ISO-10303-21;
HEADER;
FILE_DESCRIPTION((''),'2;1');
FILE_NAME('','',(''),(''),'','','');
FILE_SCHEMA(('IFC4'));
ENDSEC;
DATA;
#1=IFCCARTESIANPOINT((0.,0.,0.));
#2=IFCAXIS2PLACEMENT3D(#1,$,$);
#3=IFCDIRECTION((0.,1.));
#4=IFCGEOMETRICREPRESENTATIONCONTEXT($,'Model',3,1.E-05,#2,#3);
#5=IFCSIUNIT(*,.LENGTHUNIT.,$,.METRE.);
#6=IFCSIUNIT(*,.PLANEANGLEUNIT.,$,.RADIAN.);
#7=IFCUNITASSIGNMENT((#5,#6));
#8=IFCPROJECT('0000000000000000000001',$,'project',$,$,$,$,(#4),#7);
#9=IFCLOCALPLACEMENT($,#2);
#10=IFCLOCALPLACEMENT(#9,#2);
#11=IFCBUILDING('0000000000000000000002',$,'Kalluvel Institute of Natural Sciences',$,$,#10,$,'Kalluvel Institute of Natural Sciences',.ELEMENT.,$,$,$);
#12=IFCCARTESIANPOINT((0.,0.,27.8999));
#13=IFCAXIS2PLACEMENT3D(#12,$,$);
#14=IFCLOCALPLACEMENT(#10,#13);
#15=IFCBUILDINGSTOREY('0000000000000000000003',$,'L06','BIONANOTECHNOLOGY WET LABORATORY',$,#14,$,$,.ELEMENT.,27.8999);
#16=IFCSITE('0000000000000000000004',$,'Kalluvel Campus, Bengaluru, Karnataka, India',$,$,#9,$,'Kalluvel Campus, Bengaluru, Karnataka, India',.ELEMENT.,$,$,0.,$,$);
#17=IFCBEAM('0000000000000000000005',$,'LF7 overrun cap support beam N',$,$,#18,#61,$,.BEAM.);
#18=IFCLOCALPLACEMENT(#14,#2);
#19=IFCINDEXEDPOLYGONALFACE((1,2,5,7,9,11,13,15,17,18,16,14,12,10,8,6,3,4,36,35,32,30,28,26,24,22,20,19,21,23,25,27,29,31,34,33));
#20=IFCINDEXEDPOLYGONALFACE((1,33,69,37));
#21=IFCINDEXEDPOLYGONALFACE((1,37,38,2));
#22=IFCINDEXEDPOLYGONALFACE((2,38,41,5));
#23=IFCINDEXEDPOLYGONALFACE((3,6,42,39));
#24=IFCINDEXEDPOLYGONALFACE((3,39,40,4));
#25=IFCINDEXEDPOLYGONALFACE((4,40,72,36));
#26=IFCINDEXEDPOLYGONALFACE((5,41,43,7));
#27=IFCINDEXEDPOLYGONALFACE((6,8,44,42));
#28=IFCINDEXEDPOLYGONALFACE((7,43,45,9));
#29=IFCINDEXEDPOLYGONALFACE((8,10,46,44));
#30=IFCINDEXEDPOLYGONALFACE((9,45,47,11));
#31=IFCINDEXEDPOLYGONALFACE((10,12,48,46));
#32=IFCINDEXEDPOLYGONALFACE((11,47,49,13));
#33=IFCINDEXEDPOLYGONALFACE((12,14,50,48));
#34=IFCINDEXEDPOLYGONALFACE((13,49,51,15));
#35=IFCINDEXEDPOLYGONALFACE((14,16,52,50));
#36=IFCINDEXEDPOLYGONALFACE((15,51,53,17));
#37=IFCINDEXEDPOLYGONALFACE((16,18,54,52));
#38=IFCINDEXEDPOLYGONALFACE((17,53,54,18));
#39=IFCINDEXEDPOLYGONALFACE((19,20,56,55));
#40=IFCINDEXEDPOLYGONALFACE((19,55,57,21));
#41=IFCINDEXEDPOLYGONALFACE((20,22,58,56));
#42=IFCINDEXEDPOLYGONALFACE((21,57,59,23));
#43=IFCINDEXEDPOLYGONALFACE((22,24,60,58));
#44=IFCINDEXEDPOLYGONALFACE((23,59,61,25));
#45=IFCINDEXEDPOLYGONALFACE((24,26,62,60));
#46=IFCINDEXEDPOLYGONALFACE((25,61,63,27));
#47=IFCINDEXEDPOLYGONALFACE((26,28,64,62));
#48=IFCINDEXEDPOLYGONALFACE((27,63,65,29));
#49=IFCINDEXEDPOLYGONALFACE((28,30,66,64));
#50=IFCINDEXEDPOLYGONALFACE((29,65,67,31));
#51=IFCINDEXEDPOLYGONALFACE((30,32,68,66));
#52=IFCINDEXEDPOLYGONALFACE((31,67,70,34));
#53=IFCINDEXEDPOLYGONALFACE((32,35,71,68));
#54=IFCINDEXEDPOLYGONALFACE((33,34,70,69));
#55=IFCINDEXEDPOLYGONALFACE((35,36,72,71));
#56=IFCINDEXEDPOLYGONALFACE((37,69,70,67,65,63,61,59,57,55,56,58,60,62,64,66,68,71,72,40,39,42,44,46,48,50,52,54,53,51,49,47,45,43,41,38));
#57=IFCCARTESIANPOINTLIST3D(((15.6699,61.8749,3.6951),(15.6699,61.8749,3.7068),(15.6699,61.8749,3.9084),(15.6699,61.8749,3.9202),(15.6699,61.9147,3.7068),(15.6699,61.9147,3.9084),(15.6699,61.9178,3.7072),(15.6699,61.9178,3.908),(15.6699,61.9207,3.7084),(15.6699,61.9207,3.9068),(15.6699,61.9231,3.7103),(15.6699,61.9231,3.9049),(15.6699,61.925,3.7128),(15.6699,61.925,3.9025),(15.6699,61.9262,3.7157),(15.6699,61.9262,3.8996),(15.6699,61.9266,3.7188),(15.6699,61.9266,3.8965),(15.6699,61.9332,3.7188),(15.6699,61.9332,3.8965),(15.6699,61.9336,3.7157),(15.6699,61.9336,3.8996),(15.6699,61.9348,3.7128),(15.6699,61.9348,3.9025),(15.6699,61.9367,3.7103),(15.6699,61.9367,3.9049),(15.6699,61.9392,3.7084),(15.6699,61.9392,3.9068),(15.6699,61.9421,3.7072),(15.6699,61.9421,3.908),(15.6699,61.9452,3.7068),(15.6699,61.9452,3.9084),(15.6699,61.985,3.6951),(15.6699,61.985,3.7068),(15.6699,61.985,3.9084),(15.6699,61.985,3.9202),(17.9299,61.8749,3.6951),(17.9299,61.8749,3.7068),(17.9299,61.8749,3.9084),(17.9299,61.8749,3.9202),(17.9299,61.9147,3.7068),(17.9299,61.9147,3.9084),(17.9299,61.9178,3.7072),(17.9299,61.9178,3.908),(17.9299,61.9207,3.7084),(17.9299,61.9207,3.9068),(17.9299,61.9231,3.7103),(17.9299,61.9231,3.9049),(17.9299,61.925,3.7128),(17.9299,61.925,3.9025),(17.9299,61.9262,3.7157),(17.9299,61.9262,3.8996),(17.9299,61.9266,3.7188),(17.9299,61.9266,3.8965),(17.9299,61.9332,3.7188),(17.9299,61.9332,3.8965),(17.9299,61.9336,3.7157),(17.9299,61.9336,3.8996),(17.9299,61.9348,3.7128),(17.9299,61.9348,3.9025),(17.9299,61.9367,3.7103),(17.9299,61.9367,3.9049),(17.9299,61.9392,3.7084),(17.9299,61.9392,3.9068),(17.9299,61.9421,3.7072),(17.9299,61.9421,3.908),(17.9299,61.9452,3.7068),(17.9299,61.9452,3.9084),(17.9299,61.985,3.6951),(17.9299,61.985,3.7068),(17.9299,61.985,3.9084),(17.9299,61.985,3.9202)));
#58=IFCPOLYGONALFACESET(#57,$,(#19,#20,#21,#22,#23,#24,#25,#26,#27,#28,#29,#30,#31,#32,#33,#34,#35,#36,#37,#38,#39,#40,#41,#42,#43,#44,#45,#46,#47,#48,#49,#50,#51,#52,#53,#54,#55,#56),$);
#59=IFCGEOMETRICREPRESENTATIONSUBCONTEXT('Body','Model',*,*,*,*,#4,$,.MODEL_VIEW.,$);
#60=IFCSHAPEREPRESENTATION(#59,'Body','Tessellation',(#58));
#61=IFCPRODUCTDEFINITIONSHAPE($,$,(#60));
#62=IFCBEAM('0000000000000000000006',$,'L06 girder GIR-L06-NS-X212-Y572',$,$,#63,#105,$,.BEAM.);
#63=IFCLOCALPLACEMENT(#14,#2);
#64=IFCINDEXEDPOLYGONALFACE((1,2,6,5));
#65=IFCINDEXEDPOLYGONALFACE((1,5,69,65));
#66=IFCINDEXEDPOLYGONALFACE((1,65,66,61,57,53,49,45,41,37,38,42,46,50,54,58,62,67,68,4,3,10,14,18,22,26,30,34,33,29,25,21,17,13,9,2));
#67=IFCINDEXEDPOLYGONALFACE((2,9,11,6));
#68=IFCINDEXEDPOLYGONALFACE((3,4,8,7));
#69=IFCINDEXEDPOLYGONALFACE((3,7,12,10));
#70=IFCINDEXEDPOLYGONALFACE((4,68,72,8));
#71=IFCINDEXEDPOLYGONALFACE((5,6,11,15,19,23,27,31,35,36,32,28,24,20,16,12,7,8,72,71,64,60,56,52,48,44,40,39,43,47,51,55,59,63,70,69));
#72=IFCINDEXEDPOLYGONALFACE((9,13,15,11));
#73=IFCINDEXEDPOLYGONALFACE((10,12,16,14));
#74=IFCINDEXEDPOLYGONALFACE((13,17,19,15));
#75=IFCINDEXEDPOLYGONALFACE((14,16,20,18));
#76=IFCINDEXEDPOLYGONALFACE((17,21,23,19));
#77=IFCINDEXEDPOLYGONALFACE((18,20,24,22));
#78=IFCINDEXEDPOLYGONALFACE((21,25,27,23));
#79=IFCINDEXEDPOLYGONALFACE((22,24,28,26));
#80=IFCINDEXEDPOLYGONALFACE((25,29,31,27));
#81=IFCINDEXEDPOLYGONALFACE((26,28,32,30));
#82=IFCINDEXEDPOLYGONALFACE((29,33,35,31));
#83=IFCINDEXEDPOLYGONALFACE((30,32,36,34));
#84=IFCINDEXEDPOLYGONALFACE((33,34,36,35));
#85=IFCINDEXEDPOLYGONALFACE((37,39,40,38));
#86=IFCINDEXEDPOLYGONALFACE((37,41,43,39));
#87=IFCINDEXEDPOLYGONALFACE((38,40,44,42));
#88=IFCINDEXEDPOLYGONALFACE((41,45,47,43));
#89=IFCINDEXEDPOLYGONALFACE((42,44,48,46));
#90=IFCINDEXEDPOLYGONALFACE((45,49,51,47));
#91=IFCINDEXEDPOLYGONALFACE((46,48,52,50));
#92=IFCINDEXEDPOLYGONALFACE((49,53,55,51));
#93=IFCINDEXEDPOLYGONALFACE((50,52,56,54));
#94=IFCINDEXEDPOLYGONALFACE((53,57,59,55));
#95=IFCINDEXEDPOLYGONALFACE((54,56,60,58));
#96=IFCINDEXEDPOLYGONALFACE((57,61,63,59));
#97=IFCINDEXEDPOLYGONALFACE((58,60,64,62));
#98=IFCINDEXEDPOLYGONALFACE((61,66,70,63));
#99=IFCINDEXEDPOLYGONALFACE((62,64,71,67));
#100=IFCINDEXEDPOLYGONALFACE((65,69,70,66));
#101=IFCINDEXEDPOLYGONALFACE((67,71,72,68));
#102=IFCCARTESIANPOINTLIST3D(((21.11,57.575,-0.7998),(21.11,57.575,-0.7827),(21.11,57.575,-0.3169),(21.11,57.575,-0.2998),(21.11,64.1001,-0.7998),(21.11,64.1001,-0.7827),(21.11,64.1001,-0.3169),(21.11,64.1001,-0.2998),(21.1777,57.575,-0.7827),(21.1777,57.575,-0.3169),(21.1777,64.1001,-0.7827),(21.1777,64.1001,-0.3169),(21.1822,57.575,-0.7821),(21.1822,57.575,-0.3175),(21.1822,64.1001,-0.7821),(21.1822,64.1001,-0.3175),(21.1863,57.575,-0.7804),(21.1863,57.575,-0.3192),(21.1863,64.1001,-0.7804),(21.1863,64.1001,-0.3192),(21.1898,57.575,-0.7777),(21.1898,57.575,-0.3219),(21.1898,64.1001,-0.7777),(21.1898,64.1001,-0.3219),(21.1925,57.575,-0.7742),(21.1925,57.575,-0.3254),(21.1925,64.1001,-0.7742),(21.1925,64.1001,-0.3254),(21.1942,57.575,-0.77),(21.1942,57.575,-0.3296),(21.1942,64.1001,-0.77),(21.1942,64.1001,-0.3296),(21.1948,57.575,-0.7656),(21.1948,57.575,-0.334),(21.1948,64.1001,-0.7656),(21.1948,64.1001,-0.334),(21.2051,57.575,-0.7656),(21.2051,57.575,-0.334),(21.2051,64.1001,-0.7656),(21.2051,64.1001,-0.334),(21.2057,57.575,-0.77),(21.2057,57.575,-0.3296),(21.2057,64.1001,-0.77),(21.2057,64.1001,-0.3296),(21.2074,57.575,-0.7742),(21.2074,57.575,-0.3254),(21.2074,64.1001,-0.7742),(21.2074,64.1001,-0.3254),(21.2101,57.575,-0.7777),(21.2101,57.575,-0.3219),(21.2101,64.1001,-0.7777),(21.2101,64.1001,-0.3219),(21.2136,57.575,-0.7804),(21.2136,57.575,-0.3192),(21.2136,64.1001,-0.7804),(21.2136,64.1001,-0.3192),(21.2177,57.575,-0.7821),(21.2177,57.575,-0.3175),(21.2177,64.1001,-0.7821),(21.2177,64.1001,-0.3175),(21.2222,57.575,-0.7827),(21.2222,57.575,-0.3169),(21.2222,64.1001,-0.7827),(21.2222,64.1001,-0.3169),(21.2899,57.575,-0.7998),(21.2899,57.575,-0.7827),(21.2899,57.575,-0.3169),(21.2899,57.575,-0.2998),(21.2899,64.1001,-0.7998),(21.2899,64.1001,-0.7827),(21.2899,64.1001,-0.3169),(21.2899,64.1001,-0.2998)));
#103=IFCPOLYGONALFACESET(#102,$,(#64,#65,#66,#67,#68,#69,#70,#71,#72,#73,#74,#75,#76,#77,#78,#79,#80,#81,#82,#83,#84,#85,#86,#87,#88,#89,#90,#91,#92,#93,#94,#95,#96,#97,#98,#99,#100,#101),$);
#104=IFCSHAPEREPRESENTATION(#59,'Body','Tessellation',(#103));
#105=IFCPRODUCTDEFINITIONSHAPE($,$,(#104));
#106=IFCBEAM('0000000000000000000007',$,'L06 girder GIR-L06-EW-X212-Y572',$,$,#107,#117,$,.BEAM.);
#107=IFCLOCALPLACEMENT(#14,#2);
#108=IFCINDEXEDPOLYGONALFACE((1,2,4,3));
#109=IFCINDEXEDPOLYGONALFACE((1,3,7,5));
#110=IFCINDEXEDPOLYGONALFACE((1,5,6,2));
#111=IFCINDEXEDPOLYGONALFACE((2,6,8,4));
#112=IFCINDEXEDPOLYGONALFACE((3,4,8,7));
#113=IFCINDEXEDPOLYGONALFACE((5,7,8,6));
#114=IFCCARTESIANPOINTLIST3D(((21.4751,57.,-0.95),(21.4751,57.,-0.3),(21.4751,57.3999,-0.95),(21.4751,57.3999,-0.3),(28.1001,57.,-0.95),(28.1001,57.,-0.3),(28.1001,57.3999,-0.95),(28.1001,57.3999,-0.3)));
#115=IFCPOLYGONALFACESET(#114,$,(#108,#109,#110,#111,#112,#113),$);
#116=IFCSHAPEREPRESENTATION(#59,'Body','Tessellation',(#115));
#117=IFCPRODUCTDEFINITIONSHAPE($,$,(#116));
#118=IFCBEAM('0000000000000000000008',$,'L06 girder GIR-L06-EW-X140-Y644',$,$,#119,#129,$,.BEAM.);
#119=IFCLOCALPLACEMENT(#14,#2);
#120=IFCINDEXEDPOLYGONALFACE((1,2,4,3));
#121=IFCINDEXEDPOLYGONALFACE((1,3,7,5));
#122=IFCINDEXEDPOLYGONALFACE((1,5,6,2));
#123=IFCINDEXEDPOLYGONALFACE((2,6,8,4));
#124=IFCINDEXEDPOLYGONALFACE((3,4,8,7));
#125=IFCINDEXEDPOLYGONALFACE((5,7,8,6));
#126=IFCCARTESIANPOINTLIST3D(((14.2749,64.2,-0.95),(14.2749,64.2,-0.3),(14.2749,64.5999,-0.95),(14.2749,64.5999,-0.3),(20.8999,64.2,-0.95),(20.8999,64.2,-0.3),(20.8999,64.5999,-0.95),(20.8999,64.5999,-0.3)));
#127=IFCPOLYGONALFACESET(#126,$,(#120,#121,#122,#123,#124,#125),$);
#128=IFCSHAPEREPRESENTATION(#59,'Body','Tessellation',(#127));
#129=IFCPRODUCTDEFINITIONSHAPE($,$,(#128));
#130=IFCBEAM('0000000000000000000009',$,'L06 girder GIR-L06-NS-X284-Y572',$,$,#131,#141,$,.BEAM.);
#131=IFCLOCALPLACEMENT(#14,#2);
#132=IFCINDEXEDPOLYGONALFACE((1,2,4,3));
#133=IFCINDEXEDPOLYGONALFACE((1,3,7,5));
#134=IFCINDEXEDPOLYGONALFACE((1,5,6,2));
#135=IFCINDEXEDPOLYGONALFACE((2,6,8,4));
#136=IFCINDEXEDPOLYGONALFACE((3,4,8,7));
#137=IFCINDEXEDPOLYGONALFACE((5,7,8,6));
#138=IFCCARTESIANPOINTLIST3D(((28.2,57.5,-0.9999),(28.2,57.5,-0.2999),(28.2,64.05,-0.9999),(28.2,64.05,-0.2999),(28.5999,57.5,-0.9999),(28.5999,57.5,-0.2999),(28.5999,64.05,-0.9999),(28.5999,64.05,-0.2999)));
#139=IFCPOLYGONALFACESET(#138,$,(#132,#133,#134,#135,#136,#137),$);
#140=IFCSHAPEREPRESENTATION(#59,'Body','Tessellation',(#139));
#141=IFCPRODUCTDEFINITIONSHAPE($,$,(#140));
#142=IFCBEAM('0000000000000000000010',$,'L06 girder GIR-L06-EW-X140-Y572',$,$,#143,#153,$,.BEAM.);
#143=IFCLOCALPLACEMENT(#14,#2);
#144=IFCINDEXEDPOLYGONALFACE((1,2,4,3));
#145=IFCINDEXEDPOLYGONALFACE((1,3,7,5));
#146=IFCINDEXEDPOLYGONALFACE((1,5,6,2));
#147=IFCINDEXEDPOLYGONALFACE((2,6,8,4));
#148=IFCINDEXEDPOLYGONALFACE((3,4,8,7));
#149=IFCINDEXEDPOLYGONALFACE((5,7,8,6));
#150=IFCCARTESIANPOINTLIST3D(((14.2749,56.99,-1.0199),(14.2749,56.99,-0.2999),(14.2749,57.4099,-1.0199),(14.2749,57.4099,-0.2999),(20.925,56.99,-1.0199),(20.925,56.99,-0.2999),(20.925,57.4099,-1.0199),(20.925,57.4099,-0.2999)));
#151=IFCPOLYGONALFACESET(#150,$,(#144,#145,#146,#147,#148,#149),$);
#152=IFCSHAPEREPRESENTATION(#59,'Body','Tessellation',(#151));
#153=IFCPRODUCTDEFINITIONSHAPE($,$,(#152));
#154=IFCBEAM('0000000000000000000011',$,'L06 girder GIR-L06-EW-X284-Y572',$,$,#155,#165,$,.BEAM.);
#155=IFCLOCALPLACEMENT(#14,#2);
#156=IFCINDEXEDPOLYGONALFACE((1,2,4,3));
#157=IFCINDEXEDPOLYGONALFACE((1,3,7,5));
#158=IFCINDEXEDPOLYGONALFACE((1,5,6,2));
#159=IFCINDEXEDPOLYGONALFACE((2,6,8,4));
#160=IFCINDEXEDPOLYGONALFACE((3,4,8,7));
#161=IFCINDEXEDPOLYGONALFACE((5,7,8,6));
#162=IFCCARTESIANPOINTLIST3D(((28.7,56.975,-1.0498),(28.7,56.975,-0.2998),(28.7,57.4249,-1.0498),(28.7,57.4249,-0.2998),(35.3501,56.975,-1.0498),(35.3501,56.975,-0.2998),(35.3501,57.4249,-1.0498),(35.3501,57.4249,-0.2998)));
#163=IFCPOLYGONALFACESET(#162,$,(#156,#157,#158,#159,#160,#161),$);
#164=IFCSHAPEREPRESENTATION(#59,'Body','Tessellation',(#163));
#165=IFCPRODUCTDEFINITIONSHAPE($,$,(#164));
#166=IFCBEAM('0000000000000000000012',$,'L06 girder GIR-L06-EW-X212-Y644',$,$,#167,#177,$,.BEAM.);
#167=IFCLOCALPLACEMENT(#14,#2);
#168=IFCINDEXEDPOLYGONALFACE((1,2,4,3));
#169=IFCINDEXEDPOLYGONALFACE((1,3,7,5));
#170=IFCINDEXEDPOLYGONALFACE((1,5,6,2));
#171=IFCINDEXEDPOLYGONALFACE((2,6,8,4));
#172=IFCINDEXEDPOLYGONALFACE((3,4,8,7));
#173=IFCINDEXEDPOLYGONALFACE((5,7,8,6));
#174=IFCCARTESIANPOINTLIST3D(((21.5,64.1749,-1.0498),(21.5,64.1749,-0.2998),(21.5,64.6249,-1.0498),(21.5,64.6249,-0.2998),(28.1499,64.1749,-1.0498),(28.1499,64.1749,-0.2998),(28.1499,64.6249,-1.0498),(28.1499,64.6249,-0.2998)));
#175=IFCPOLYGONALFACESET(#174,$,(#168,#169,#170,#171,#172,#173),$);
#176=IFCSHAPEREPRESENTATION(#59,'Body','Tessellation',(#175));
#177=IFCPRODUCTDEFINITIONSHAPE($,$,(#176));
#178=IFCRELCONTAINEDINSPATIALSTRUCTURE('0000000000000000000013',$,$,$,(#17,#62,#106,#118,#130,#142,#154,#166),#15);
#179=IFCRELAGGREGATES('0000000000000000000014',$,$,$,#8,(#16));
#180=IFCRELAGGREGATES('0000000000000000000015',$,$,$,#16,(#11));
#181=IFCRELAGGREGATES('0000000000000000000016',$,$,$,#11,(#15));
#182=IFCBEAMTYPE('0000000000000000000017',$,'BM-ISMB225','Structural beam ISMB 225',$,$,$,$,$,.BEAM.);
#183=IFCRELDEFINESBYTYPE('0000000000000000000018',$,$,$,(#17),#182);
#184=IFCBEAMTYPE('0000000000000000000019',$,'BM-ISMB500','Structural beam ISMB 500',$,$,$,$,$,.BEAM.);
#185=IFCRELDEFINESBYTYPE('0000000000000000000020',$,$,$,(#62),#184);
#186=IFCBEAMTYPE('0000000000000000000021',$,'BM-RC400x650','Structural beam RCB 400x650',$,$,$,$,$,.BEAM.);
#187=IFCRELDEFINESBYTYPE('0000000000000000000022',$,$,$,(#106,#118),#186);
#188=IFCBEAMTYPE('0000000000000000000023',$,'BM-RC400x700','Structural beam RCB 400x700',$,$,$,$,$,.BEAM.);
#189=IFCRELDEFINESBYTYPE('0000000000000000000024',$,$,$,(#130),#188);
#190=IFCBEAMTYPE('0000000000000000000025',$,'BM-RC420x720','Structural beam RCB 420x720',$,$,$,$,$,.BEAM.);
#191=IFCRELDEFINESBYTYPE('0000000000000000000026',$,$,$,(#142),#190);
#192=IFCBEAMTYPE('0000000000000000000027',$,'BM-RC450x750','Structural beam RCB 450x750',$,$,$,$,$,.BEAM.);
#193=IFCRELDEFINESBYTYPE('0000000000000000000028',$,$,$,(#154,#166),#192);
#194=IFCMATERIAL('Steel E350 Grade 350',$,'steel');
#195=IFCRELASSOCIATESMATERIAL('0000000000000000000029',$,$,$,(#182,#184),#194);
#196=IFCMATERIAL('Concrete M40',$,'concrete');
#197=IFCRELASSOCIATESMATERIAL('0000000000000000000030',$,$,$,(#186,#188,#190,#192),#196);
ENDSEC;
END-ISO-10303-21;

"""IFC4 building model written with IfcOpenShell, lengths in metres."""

from ifc_helpers import new_model, si_unit, direction, frame, origin, origin_2d, place, context, subcontext, project, spatial, rectangle, i_section, extrude, material, material_profile, profile_set, type_object, element, save


model = new_model("IFC4")

# Units and contexts
model_context = context("Model", 3, precision=1e-05, world=origin(), true_north=direction((0.0, 1.0)))
body_context = subcontext(model_context, "Body", "Model", "MODEL_VIEW")
ifc_project = project(units=[si_unit("LENGTHUNIT", "METRE"), si_unit("PLANEANGLEUNIT", "RADIAN")], contexts=[model_context])

# Site, building, storey
site_placement = place(None, origin())
site = spatial("IfcSite", under=ifc_project, at=site_placement, Name="Kalluvel Campus, Bengaluru, Karnataka, India", LongName="Kalluvel Campus, Bengaluru, Karnataka, India", CompositionType="ELEMENT", RefElevation=0.0)
building_placement = place(site_placement, origin())
building = spatial("IfcBuilding", under=site, at=building_placement, Name="Kalluvel Institute of Natural Sciences", LongName="Kalluvel Institute of Natural Sciences", CompositionType="ELEMENT")
storey_placement = place(building_placement, frame((0.0, 0.0, 27.8999)))
storey = spatial("IfcBuildingStorey", under=building, at=storey_placement, Name="L06", Description="BIONANOTECHNOLOGY WET LABORATORY", CompositionType="ELEMENT", Elevation=27.8999)

# Shared definitions
ifc_material_1 = material(Name="Concrete M40", Category="concrete")

# Beams
ifc_material_2 = material(Name="Steel E350 Grade 350", Category="steel")
ifc_material_profile_1 = material_profile(ifc_material_2, i_section(OverallWidth=0.1101, OverallDepth=0.2251, WebThickness=0.0066, FlangeThickness=0.0117, FilletRadius=0.012, at=origin_2d()), Name="ISMB 225")
ifc_profile_set_1 = profile_set([ifc_material_profile_1], Name="Steel E350 Grade 350")
beam_type_1 = type_object("IfcBeamType", Name="BM-ISMB225", Description="Structural beam ISMB 225", PredefinedType="BEAM", material=ifc_profile_set_1)
for number, where, z_axis, x_axis, name in (
    (1, (15.6699, 61.9299, 3.8076), (1.0, 0.0, 0.0), (0.0, 1.0, 0.0), "LF7 overrun cap support beam N"),
):
    element("IfcBeam", number, at=place(storey_placement, frame(where, z_axis=z_axis, x_axis=x_axis)), inside=storey, type_object=beam_type_1, Name=name, PredefinedType="BEAM", context=body_context, shape_type="SweptSolid", body=[
        extrude(i_section(OverallWidth=0.1101, OverallDepth=0.2251, WebThickness=0.0066, FlangeThickness=0.0117, FilletRadius=0.012, at=origin_2d()), origin(), (0.0, 0.0, 1.0), 2.26),
    ])
ifc_material_profile_2 = material_profile(ifc_material_2, i_section(OverallWidth=0.1799, OverallDepth=0.5, WebThickness=0.0103, FlangeThickness=0.0171, FilletRadius=0.0171, at=origin_2d()), Name="ISMB 500")
ifc_profile_set_2 = profile_set([ifc_material_profile_2], Name="Steel E350 Grade 350")
beam_type_2 = type_object("IfcBeamType", Name="BM-ISMB500", Description="Structural beam ISMB 500", PredefinedType="BEAM", material=ifc_profile_set_2)
beam_1_placement = place(storey_placement, frame((21.2, 57.575, -0.5498), z_axis=(0.0, 1.0, 0.0), x_axis=(-1.0, 0.0, 0.0)))
element("IfcBeam", 2, at=beam_1_placement, inside=storey, type_object=beam_type_2, Name="L06 girder GIR-L06-NS-X212-Y572", PredefinedType="BEAM", context=body_context, shape_type="SweptSolid", body=[
    extrude(i_section(OverallWidth=0.1799, OverallDepth=0.5, WebThickness=0.0103, FlangeThickness=0.0171, FilletRadius=0.0171, at=origin_2d()), origin(), (0.0, 0.0, 1.0), 6.5251),
])
ifc_material_profile_3 = material_profile(ifc_material_1, rectangle(XDim=0.3999, YDim=0.6499, at=origin_2d()), Name="RCB 400x650")
ifc_profile_set_3 = profile_set([ifc_material_profile_3], Name="Concrete M40")
beam_type_3 = type_object("IfcBeamType", Name="BM-RC400x650", Description="Structural beam RCB 400x650", PredefinedType="BEAM", material=ifc_profile_set_3)
for number, where, z_axis, x_axis, name in (
    (3, (21.4751, 57.2, -0.625), (1.0, 0.0, 0.0), (0.0, 1.0, 0.0), "L06 girder GIR-L06-EW-X212-Y572"),
    (4, (14.2749, 64.3999, -0.625), (1.0, 0.0, 0.0), (0.0, 1.0, 0.0), "L06 girder GIR-L06-EW-X140-Y644"),
):
    element("IfcBeam", number, at=place(storey_placement, frame(where, z_axis=z_axis, x_axis=x_axis)), inside=storey, type_object=beam_type_3, Name=name, PredefinedType="BEAM", context=body_context, shape_type="SweptSolid", body=[
        extrude(rectangle(XDim=0.3999, YDim=0.6499, at=origin_2d()), origin(), (0.0, 0.0, 1.0), 6.625),
    ])
ifc_material_profile_4 = material_profile(ifc_material_1, rectangle(XDim=0.3999, YDim=0.7, at=origin_2d()), Name="RCB 400x700")
ifc_profile_set_4 = profile_set([ifc_material_profile_4], Name="Concrete M40")
beam_type_4 = type_object("IfcBeamType", Name="BM-RC400x700", Description="Structural beam RCB 400x700", PredefinedType="BEAM", material=ifc_profile_set_4)
beam_2_placement = place(storey_placement, frame((28.3999, 57.5, -0.6499), z_axis=(0.0, 1.0, 0.0), x_axis=(-1.0, 0.0, 0.0)))
element("IfcBeam", 5, at=beam_2_placement, inside=storey, type_object=beam_type_4, Name="L06 girder GIR-L06-NS-X284-Y572", PredefinedType="BEAM", context=body_context, shape_type="SweptSolid", body=[
    extrude(rectangle(XDim=0.3999, YDim=0.7, at=origin_2d()), origin(), (0.0, 0.0, 1.0), 6.55),
])
ifc_material_profile_5 = material_profile(ifc_material_1, rectangle(XDim=0.4199, YDim=0.72, at=origin_2d()), Name="RCB 420x720")
ifc_profile_set_5 = profile_set([ifc_material_profile_5], Name="Concrete M40")
beam_type_5 = type_object("IfcBeamType", Name="BM-RC420x720", Description="Structural beam RCB 420x720", PredefinedType="BEAM", material=ifc_profile_set_5)
beam_3_placement = place(storey_placement, frame((14.2749, 57.2, -0.6599), z_axis=(1.0, 0.0, 0.0), x_axis=(0.0, 1.0, 0.0)))
element("IfcBeam", 6, at=beam_3_placement, inside=storey, type_object=beam_type_5, Name="L06 girder GIR-L06-EW-X140-Y572", PredefinedType="BEAM", context=body_context, shape_type="SweptSolid", body=[
    extrude(rectangle(XDim=0.4199, YDim=0.72, at=origin_2d()), origin(), (0.0, 0.0, 1.0), 6.6501),
])
ifc_material_profile_6 = material_profile(ifc_material_1, rectangle(XDim=0.45, YDim=0.75, at=origin_2d()), Name="RCB 450x750")
ifc_profile_set_6 = profile_set([ifc_material_profile_6], Name="Concrete M40")
beam_type_6 = type_object("IfcBeamType", Name="BM-RC450x750", Description="Structural beam RCB 450x750", PredefinedType="BEAM", material=ifc_profile_set_6)
beam_4_placement = place(storey_placement, frame((28.7, 57.2, -0.6748), z_axis=(1.0, 0.0, 0.0), x_axis=(0.0, 1.0, 0.0)))
element("IfcBeam", 7, at=beam_4_placement, inside=storey, type_object=beam_type_6, Name="L06 girder GIR-L06-EW-X284-Y572", PredefinedType="BEAM", context=body_context, shape_type="SweptSolid", body=[
    extrude(rectangle(XDim=0.45, YDim=0.75, at=origin_2d()), origin(), (0.0, 0.0, 1.0), 6.6501),
])
beam_5_placement = place(storey_placement, frame((21.5, 64.3999, -0.6748), z_axis=(1.0, 0.0, 0.0), x_axis=(0.0, 1.0, 0.0)))
element("IfcBeam", 8, at=beam_5_placement, inside=storey, type_object=beam_type_6, Name="L06 girder GIR-L06-EW-X212-Y644", PredefinedType="BEAM", context=body_context, shape_type="SweptSolid", body=[
    extrude(rectangle(XDim=0.45, YDim=0.75, at=origin_2d()), origin(), (0.0, 0.0, 1.0), 6.6499),
])

save(model, "model.ifc")
